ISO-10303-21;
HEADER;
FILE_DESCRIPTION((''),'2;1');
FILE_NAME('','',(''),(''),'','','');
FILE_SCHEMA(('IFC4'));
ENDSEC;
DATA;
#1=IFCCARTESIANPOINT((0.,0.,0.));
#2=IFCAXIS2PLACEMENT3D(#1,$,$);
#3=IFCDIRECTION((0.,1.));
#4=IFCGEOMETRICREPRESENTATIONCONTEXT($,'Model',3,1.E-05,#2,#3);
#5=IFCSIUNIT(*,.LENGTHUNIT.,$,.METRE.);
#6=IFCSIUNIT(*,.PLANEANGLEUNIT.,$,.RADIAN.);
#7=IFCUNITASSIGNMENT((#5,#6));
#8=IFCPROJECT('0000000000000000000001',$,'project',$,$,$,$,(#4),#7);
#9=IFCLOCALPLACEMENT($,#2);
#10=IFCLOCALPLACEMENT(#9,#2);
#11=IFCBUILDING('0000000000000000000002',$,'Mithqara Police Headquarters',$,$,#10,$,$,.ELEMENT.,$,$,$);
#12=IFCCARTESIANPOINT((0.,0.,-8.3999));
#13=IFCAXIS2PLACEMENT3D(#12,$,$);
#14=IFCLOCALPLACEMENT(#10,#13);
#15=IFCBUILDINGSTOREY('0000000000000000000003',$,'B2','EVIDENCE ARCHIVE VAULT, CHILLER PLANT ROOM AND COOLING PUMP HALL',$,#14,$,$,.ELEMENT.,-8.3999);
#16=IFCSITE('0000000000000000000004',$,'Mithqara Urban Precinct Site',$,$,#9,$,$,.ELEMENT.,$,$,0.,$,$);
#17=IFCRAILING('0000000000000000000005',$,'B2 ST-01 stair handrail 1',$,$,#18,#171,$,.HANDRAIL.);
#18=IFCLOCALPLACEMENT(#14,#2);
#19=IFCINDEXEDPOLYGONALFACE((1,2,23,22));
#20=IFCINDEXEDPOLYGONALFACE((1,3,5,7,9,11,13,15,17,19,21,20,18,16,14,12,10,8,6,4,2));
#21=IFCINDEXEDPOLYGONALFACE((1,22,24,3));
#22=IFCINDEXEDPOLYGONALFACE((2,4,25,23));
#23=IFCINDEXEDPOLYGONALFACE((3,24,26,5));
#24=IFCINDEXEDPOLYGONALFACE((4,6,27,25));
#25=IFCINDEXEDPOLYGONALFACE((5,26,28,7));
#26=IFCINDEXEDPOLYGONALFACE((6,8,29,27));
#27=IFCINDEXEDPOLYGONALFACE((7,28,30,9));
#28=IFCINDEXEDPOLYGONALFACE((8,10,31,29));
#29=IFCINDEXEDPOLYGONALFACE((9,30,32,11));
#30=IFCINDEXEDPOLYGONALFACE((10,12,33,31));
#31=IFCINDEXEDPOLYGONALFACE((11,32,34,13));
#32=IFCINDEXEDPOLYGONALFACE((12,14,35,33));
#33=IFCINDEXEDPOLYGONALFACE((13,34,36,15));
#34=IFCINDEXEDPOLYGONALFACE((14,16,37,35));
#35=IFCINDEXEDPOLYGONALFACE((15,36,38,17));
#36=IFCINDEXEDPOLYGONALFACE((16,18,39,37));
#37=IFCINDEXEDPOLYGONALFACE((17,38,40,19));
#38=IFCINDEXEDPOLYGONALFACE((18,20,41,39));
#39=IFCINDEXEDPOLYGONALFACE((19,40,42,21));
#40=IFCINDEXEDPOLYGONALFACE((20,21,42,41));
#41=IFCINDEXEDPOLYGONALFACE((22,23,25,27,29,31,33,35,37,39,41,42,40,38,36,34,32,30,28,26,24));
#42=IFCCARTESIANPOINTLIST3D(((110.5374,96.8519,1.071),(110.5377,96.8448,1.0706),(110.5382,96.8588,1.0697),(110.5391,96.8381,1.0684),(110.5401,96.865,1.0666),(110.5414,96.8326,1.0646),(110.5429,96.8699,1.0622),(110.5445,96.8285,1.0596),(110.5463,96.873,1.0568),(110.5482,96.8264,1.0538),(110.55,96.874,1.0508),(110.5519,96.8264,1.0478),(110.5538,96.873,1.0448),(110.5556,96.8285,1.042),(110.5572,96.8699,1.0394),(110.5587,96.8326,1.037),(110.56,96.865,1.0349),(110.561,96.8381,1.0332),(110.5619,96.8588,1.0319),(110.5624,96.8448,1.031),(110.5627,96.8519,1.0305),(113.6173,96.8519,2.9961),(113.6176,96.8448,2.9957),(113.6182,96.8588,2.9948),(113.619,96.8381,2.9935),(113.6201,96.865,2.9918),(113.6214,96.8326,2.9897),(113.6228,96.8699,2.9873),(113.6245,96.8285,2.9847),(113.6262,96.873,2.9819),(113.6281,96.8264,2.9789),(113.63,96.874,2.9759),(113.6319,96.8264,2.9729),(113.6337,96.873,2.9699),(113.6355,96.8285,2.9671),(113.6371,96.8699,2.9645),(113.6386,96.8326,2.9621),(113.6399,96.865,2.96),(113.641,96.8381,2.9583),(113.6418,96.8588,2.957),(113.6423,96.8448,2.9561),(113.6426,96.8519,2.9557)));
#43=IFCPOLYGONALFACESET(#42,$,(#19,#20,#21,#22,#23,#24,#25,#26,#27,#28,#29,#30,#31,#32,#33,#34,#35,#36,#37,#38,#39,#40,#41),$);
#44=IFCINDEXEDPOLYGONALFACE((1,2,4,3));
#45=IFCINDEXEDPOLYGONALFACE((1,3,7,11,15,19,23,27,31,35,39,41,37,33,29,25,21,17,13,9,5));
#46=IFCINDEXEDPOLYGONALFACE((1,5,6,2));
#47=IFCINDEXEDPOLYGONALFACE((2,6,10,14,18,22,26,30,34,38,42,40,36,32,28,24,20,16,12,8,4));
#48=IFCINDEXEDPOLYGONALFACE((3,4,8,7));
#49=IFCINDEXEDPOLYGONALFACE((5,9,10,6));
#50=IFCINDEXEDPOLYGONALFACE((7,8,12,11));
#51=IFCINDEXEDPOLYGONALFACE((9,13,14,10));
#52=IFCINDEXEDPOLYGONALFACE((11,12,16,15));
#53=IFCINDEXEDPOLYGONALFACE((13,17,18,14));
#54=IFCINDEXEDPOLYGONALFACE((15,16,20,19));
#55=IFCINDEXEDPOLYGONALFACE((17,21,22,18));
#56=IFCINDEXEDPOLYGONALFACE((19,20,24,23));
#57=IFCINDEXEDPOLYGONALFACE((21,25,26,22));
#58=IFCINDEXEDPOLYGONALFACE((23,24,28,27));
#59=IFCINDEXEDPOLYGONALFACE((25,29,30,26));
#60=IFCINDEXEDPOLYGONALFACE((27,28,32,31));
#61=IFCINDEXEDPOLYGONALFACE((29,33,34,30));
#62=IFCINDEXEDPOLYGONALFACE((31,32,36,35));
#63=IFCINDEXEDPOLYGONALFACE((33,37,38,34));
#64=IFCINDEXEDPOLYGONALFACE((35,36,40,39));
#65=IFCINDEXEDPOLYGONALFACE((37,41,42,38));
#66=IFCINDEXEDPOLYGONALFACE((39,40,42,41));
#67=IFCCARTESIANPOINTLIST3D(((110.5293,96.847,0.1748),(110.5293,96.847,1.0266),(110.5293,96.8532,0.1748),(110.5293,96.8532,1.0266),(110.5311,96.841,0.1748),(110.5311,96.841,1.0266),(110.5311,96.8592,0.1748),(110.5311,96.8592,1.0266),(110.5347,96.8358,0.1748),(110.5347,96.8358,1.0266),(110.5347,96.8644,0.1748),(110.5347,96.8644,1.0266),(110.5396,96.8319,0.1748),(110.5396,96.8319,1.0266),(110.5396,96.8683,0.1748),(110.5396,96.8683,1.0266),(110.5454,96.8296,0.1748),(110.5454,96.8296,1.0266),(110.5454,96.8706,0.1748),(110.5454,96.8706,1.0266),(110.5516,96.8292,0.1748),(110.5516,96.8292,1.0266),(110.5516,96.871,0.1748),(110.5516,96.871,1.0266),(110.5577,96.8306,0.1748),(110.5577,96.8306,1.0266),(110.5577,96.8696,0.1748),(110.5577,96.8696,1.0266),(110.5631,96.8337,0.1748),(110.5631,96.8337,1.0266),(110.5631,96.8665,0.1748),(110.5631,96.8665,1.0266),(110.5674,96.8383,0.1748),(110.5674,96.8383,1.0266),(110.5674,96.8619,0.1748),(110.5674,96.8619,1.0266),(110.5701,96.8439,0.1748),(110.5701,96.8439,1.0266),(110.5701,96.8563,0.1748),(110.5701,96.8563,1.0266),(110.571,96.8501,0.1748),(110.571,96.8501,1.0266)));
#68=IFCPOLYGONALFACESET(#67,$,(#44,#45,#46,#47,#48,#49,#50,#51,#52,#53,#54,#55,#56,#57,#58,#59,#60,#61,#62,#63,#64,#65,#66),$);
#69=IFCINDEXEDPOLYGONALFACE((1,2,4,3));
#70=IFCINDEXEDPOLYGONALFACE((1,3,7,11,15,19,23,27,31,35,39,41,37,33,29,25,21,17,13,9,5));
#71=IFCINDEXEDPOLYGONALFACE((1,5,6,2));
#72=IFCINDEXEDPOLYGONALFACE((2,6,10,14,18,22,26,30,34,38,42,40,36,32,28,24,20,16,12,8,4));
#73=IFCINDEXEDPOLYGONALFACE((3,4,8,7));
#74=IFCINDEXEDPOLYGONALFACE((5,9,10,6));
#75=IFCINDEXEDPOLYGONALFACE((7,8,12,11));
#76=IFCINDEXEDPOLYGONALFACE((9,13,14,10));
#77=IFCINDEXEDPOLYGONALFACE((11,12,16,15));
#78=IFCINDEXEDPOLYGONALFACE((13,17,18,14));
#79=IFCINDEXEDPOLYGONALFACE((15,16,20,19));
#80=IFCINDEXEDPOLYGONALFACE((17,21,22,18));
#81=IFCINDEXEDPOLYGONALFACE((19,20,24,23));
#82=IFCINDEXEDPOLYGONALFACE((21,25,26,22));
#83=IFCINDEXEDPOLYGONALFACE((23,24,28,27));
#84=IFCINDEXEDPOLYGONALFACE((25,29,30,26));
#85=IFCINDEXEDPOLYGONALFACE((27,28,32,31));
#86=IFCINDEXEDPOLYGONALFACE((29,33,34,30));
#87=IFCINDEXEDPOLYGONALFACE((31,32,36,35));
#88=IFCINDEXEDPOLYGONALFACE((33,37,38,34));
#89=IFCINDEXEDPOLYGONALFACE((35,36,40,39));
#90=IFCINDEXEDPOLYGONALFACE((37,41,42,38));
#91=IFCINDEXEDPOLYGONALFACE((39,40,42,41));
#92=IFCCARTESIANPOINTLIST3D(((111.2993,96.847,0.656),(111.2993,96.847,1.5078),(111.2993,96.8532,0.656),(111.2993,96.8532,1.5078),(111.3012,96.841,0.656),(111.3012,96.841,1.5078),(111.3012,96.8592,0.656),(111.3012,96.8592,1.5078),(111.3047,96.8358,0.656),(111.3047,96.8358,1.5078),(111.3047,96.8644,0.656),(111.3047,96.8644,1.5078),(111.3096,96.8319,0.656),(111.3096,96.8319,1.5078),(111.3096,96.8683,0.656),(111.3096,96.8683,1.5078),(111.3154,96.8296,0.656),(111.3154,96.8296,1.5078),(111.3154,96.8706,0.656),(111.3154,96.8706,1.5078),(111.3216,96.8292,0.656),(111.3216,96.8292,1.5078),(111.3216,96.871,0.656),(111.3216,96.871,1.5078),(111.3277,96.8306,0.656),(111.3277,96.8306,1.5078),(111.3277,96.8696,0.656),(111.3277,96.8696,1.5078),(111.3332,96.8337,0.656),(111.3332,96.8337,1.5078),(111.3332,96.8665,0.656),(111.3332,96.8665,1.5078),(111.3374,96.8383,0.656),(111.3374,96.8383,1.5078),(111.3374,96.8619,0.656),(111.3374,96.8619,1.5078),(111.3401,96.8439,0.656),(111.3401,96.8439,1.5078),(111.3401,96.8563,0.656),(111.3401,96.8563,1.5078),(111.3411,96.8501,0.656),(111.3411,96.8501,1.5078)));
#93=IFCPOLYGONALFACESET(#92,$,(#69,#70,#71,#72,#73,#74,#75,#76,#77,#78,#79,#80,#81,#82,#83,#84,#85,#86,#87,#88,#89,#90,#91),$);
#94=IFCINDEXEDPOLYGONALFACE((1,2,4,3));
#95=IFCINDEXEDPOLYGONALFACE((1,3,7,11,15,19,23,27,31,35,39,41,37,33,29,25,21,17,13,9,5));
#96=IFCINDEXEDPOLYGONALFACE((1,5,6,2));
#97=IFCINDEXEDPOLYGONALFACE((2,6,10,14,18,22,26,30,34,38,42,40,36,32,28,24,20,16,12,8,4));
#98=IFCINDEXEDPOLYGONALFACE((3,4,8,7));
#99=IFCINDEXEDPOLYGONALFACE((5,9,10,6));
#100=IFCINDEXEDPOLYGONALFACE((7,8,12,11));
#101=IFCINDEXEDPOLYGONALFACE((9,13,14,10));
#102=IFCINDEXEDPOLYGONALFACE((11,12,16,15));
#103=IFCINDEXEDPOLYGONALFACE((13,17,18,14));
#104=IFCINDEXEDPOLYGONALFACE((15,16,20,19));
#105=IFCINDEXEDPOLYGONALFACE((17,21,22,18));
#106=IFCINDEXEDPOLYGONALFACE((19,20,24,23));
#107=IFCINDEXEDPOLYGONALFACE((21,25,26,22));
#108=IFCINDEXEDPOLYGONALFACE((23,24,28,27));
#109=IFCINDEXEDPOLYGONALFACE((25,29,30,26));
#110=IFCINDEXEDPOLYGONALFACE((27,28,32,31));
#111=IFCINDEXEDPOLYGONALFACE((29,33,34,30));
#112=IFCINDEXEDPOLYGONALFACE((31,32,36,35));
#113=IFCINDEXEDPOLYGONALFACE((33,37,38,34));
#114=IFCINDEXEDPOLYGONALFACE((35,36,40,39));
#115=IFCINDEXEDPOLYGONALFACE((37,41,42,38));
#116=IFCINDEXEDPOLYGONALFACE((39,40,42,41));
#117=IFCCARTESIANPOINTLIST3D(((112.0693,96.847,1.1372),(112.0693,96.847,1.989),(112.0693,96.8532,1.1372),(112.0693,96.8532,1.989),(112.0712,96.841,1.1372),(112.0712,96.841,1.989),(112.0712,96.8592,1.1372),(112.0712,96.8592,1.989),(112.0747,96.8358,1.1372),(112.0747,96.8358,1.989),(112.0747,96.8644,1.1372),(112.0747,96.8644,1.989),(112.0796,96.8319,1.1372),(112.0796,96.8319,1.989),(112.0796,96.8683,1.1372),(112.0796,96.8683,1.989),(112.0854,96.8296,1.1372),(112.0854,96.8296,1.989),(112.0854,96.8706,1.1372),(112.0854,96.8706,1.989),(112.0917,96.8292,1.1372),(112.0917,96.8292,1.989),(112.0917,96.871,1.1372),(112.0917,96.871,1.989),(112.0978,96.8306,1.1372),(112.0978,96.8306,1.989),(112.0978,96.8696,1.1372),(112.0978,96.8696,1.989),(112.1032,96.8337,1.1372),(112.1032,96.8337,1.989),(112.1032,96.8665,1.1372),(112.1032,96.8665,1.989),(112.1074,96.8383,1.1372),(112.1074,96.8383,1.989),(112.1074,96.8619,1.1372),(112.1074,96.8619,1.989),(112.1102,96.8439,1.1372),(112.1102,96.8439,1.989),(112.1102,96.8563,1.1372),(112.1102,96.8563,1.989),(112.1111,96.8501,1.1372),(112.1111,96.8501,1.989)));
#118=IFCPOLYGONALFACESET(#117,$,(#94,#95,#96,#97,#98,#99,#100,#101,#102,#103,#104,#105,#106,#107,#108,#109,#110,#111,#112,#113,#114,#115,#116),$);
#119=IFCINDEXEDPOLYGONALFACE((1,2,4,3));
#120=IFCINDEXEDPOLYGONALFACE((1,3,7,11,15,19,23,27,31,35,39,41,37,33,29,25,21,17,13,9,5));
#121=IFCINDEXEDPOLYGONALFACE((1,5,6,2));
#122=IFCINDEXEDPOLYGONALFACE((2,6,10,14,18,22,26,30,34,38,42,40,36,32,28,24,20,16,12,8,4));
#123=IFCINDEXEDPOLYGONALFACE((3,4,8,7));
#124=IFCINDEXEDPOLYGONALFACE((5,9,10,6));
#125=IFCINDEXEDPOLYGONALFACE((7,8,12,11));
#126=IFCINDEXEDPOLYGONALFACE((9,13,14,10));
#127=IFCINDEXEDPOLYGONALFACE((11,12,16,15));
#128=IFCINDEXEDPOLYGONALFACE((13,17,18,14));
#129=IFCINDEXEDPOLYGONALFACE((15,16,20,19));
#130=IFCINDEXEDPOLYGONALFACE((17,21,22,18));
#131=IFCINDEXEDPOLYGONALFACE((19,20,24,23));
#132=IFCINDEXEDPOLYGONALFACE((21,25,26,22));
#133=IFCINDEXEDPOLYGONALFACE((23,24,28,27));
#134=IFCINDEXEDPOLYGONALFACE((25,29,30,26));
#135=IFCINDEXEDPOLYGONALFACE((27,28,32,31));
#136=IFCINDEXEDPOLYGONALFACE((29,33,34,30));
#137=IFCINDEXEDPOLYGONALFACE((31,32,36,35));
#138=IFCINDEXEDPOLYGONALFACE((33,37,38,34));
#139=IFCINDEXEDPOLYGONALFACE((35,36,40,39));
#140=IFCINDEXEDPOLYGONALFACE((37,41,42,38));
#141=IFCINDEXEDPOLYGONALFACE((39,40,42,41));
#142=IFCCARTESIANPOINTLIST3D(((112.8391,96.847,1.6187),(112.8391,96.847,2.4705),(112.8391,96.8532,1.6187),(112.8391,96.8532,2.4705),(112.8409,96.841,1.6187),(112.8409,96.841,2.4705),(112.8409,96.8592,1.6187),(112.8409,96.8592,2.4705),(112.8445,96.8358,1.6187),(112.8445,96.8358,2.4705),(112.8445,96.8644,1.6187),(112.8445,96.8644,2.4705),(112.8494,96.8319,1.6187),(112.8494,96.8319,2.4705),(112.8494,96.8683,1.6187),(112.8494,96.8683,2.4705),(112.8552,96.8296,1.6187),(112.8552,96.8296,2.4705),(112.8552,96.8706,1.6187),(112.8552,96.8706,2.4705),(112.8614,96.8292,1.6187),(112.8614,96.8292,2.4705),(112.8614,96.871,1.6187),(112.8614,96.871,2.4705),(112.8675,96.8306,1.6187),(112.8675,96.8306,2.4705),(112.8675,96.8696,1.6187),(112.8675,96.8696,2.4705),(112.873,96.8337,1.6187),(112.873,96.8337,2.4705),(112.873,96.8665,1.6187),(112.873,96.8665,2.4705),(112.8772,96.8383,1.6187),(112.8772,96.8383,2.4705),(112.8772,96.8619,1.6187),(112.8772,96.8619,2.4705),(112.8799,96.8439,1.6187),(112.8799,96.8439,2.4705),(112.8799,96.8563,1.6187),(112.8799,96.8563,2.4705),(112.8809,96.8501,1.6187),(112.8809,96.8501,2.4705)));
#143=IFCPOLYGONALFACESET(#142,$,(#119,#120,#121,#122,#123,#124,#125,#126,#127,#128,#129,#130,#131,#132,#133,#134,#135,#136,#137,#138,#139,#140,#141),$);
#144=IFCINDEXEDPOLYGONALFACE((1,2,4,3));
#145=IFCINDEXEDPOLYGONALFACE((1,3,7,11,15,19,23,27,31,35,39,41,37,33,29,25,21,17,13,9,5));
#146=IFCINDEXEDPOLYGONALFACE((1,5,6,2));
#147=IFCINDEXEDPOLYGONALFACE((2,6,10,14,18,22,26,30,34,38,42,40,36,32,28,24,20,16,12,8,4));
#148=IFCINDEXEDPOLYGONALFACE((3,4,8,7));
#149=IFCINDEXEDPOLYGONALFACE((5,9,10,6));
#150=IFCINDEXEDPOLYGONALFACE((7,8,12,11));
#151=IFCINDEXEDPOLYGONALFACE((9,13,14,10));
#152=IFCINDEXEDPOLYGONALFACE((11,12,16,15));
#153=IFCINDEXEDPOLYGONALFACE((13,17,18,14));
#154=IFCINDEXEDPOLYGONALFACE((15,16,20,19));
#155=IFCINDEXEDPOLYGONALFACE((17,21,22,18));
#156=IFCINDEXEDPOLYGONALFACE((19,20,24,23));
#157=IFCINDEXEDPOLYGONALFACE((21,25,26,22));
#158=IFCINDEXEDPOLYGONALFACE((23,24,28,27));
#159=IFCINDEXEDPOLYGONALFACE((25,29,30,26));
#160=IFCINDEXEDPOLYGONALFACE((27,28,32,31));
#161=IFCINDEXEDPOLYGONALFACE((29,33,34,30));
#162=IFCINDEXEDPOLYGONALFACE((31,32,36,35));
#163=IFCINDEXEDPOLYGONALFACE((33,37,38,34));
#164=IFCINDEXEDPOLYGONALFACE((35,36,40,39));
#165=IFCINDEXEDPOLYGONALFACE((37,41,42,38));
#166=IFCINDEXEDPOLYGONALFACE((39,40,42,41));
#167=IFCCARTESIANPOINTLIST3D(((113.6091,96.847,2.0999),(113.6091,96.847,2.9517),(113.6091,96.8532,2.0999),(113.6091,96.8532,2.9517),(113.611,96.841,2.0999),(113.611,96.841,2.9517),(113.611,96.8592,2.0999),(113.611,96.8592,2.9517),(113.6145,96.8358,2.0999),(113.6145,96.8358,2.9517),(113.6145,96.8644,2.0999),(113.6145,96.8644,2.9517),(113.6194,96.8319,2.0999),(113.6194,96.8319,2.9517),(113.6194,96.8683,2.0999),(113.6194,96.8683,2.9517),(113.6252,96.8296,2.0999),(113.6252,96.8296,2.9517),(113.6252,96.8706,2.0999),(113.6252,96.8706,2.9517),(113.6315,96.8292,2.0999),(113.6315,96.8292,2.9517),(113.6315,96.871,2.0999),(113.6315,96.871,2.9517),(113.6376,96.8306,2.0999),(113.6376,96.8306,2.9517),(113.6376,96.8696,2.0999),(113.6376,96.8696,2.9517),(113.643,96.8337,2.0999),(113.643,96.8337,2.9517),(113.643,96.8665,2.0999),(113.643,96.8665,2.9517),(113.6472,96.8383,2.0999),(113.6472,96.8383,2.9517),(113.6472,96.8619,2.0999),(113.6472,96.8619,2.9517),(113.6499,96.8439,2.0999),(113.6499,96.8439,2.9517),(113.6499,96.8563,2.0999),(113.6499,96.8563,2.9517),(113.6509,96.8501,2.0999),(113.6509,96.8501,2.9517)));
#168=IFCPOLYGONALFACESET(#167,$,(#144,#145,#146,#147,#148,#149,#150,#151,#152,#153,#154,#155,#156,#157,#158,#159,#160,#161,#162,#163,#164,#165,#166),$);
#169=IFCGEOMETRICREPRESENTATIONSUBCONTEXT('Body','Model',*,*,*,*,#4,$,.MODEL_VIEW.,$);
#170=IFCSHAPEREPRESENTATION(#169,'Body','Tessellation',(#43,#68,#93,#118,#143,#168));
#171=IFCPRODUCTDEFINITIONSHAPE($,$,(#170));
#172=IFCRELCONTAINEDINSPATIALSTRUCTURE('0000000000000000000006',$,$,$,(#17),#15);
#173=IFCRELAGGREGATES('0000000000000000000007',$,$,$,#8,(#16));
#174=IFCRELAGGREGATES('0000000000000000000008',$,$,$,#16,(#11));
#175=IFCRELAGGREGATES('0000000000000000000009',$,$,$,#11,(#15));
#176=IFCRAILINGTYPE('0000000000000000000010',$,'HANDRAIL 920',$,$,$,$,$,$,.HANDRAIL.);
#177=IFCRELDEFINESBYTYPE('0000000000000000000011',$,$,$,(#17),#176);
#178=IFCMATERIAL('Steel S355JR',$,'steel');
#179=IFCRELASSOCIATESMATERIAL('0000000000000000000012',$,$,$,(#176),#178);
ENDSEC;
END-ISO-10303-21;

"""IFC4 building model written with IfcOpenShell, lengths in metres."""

from ifc_helpers import new_model, si_unit, direction, frame, origin, origin_2d, place, context, subcontext, project, spatial, circle, extrude, material, type_object, element, save


model = new_model("IFC4")

# Units and contexts
model_context = context("Model", 3, precision=1e-05, world=origin(), true_north=direction((0.0, 1.0)))
body_context = subcontext(model_context, "Body", "Model", "MODEL_VIEW")
ifc_project = project(units=[si_unit("LENGTHUNIT", "METRE"), si_unit("PLANEANGLEUNIT", "RADIAN")], contexts=[model_context])

# Site, building, storey
site_placement = place(None, origin())
site = spatial("IfcSite", under=ifc_project, at=site_placement, Name="Mithqara Urban Precinct Site", CompositionType="ELEMENT", RefElevation=0.0)
building_placement = place(site_placement, origin())
building = spatial("IfcBuilding", under=site, at=building_placement, Name="Mithqara Police Headquarters", CompositionType="ELEMENT")
storey_placement = place(building_placement, frame((0.0, 0.0, -8.3999)))
storey = spatial("IfcBuildingStorey", under=building, at=storey_placement, Name="B2", Description="EVIDENCE ARCHIVE VAULT, CHILLER PLANT ROOM AND COOLING PUMP HALL", CompositionType="ELEMENT", Elevation=-8.3999)

# Shared definitions
ifc_material_1 = material(Name="Steel S355JR", Category="steel")

# Railing
railing_type_1 = type_object("IfcRailingType", Name="HANDRAIL 920", PredefinedType="HANDRAIL", material=ifc_material_1)
railing_1_placement = place(storey_placement, frame((110.55, 96.8501, 0.1748)))
element("IfcRailing", 1, at=railing_1_placement, inside=storey, type_object=railing_type_1, Name="B2 ST-01 stair handrail 1", PredefinedType="HANDRAIL", context=body_context, shape_type="SweptSolid", body=[
    extrude(circle(Radius=0.0239, at=origin_2d()), frame((0.0, 0.0, 0.876), z_axis=(0.847979, 0.0, 0.530029), x_axis=(0.0, 1.0, 0.0)), (0.0, 0.0, 1.0), 3.6321),
    extrude(circle(Radius=0.021, at=origin_2d()), origin(), (0.0, 0.0, 1.0), 0.8518),
    extrude(circle(Radius=0.021, at=origin_2d()), frame((0.77, 0.0, 0.4812)), (0.0, 0.0, 1.0), 0.8518),
    extrude(circle(Radius=0.021, at=origin_2d()), frame((1.54, 0.0, 0.9624)), (0.0, 0.0, 1.0), 0.8518),
    extrude(circle(Radius=0.021, at=origin_2d()), frame((2.3098, 0.0, 1.4438)), (0.0, 0.0, 1.0), 0.8518),
    extrude(circle(Radius=0.021, at=origin_2d()), frame((3.0798, 0.0, 1.925)), (0.0, 0.0, 1.0), 0.8518),
])

save(model, "model.ifc")
